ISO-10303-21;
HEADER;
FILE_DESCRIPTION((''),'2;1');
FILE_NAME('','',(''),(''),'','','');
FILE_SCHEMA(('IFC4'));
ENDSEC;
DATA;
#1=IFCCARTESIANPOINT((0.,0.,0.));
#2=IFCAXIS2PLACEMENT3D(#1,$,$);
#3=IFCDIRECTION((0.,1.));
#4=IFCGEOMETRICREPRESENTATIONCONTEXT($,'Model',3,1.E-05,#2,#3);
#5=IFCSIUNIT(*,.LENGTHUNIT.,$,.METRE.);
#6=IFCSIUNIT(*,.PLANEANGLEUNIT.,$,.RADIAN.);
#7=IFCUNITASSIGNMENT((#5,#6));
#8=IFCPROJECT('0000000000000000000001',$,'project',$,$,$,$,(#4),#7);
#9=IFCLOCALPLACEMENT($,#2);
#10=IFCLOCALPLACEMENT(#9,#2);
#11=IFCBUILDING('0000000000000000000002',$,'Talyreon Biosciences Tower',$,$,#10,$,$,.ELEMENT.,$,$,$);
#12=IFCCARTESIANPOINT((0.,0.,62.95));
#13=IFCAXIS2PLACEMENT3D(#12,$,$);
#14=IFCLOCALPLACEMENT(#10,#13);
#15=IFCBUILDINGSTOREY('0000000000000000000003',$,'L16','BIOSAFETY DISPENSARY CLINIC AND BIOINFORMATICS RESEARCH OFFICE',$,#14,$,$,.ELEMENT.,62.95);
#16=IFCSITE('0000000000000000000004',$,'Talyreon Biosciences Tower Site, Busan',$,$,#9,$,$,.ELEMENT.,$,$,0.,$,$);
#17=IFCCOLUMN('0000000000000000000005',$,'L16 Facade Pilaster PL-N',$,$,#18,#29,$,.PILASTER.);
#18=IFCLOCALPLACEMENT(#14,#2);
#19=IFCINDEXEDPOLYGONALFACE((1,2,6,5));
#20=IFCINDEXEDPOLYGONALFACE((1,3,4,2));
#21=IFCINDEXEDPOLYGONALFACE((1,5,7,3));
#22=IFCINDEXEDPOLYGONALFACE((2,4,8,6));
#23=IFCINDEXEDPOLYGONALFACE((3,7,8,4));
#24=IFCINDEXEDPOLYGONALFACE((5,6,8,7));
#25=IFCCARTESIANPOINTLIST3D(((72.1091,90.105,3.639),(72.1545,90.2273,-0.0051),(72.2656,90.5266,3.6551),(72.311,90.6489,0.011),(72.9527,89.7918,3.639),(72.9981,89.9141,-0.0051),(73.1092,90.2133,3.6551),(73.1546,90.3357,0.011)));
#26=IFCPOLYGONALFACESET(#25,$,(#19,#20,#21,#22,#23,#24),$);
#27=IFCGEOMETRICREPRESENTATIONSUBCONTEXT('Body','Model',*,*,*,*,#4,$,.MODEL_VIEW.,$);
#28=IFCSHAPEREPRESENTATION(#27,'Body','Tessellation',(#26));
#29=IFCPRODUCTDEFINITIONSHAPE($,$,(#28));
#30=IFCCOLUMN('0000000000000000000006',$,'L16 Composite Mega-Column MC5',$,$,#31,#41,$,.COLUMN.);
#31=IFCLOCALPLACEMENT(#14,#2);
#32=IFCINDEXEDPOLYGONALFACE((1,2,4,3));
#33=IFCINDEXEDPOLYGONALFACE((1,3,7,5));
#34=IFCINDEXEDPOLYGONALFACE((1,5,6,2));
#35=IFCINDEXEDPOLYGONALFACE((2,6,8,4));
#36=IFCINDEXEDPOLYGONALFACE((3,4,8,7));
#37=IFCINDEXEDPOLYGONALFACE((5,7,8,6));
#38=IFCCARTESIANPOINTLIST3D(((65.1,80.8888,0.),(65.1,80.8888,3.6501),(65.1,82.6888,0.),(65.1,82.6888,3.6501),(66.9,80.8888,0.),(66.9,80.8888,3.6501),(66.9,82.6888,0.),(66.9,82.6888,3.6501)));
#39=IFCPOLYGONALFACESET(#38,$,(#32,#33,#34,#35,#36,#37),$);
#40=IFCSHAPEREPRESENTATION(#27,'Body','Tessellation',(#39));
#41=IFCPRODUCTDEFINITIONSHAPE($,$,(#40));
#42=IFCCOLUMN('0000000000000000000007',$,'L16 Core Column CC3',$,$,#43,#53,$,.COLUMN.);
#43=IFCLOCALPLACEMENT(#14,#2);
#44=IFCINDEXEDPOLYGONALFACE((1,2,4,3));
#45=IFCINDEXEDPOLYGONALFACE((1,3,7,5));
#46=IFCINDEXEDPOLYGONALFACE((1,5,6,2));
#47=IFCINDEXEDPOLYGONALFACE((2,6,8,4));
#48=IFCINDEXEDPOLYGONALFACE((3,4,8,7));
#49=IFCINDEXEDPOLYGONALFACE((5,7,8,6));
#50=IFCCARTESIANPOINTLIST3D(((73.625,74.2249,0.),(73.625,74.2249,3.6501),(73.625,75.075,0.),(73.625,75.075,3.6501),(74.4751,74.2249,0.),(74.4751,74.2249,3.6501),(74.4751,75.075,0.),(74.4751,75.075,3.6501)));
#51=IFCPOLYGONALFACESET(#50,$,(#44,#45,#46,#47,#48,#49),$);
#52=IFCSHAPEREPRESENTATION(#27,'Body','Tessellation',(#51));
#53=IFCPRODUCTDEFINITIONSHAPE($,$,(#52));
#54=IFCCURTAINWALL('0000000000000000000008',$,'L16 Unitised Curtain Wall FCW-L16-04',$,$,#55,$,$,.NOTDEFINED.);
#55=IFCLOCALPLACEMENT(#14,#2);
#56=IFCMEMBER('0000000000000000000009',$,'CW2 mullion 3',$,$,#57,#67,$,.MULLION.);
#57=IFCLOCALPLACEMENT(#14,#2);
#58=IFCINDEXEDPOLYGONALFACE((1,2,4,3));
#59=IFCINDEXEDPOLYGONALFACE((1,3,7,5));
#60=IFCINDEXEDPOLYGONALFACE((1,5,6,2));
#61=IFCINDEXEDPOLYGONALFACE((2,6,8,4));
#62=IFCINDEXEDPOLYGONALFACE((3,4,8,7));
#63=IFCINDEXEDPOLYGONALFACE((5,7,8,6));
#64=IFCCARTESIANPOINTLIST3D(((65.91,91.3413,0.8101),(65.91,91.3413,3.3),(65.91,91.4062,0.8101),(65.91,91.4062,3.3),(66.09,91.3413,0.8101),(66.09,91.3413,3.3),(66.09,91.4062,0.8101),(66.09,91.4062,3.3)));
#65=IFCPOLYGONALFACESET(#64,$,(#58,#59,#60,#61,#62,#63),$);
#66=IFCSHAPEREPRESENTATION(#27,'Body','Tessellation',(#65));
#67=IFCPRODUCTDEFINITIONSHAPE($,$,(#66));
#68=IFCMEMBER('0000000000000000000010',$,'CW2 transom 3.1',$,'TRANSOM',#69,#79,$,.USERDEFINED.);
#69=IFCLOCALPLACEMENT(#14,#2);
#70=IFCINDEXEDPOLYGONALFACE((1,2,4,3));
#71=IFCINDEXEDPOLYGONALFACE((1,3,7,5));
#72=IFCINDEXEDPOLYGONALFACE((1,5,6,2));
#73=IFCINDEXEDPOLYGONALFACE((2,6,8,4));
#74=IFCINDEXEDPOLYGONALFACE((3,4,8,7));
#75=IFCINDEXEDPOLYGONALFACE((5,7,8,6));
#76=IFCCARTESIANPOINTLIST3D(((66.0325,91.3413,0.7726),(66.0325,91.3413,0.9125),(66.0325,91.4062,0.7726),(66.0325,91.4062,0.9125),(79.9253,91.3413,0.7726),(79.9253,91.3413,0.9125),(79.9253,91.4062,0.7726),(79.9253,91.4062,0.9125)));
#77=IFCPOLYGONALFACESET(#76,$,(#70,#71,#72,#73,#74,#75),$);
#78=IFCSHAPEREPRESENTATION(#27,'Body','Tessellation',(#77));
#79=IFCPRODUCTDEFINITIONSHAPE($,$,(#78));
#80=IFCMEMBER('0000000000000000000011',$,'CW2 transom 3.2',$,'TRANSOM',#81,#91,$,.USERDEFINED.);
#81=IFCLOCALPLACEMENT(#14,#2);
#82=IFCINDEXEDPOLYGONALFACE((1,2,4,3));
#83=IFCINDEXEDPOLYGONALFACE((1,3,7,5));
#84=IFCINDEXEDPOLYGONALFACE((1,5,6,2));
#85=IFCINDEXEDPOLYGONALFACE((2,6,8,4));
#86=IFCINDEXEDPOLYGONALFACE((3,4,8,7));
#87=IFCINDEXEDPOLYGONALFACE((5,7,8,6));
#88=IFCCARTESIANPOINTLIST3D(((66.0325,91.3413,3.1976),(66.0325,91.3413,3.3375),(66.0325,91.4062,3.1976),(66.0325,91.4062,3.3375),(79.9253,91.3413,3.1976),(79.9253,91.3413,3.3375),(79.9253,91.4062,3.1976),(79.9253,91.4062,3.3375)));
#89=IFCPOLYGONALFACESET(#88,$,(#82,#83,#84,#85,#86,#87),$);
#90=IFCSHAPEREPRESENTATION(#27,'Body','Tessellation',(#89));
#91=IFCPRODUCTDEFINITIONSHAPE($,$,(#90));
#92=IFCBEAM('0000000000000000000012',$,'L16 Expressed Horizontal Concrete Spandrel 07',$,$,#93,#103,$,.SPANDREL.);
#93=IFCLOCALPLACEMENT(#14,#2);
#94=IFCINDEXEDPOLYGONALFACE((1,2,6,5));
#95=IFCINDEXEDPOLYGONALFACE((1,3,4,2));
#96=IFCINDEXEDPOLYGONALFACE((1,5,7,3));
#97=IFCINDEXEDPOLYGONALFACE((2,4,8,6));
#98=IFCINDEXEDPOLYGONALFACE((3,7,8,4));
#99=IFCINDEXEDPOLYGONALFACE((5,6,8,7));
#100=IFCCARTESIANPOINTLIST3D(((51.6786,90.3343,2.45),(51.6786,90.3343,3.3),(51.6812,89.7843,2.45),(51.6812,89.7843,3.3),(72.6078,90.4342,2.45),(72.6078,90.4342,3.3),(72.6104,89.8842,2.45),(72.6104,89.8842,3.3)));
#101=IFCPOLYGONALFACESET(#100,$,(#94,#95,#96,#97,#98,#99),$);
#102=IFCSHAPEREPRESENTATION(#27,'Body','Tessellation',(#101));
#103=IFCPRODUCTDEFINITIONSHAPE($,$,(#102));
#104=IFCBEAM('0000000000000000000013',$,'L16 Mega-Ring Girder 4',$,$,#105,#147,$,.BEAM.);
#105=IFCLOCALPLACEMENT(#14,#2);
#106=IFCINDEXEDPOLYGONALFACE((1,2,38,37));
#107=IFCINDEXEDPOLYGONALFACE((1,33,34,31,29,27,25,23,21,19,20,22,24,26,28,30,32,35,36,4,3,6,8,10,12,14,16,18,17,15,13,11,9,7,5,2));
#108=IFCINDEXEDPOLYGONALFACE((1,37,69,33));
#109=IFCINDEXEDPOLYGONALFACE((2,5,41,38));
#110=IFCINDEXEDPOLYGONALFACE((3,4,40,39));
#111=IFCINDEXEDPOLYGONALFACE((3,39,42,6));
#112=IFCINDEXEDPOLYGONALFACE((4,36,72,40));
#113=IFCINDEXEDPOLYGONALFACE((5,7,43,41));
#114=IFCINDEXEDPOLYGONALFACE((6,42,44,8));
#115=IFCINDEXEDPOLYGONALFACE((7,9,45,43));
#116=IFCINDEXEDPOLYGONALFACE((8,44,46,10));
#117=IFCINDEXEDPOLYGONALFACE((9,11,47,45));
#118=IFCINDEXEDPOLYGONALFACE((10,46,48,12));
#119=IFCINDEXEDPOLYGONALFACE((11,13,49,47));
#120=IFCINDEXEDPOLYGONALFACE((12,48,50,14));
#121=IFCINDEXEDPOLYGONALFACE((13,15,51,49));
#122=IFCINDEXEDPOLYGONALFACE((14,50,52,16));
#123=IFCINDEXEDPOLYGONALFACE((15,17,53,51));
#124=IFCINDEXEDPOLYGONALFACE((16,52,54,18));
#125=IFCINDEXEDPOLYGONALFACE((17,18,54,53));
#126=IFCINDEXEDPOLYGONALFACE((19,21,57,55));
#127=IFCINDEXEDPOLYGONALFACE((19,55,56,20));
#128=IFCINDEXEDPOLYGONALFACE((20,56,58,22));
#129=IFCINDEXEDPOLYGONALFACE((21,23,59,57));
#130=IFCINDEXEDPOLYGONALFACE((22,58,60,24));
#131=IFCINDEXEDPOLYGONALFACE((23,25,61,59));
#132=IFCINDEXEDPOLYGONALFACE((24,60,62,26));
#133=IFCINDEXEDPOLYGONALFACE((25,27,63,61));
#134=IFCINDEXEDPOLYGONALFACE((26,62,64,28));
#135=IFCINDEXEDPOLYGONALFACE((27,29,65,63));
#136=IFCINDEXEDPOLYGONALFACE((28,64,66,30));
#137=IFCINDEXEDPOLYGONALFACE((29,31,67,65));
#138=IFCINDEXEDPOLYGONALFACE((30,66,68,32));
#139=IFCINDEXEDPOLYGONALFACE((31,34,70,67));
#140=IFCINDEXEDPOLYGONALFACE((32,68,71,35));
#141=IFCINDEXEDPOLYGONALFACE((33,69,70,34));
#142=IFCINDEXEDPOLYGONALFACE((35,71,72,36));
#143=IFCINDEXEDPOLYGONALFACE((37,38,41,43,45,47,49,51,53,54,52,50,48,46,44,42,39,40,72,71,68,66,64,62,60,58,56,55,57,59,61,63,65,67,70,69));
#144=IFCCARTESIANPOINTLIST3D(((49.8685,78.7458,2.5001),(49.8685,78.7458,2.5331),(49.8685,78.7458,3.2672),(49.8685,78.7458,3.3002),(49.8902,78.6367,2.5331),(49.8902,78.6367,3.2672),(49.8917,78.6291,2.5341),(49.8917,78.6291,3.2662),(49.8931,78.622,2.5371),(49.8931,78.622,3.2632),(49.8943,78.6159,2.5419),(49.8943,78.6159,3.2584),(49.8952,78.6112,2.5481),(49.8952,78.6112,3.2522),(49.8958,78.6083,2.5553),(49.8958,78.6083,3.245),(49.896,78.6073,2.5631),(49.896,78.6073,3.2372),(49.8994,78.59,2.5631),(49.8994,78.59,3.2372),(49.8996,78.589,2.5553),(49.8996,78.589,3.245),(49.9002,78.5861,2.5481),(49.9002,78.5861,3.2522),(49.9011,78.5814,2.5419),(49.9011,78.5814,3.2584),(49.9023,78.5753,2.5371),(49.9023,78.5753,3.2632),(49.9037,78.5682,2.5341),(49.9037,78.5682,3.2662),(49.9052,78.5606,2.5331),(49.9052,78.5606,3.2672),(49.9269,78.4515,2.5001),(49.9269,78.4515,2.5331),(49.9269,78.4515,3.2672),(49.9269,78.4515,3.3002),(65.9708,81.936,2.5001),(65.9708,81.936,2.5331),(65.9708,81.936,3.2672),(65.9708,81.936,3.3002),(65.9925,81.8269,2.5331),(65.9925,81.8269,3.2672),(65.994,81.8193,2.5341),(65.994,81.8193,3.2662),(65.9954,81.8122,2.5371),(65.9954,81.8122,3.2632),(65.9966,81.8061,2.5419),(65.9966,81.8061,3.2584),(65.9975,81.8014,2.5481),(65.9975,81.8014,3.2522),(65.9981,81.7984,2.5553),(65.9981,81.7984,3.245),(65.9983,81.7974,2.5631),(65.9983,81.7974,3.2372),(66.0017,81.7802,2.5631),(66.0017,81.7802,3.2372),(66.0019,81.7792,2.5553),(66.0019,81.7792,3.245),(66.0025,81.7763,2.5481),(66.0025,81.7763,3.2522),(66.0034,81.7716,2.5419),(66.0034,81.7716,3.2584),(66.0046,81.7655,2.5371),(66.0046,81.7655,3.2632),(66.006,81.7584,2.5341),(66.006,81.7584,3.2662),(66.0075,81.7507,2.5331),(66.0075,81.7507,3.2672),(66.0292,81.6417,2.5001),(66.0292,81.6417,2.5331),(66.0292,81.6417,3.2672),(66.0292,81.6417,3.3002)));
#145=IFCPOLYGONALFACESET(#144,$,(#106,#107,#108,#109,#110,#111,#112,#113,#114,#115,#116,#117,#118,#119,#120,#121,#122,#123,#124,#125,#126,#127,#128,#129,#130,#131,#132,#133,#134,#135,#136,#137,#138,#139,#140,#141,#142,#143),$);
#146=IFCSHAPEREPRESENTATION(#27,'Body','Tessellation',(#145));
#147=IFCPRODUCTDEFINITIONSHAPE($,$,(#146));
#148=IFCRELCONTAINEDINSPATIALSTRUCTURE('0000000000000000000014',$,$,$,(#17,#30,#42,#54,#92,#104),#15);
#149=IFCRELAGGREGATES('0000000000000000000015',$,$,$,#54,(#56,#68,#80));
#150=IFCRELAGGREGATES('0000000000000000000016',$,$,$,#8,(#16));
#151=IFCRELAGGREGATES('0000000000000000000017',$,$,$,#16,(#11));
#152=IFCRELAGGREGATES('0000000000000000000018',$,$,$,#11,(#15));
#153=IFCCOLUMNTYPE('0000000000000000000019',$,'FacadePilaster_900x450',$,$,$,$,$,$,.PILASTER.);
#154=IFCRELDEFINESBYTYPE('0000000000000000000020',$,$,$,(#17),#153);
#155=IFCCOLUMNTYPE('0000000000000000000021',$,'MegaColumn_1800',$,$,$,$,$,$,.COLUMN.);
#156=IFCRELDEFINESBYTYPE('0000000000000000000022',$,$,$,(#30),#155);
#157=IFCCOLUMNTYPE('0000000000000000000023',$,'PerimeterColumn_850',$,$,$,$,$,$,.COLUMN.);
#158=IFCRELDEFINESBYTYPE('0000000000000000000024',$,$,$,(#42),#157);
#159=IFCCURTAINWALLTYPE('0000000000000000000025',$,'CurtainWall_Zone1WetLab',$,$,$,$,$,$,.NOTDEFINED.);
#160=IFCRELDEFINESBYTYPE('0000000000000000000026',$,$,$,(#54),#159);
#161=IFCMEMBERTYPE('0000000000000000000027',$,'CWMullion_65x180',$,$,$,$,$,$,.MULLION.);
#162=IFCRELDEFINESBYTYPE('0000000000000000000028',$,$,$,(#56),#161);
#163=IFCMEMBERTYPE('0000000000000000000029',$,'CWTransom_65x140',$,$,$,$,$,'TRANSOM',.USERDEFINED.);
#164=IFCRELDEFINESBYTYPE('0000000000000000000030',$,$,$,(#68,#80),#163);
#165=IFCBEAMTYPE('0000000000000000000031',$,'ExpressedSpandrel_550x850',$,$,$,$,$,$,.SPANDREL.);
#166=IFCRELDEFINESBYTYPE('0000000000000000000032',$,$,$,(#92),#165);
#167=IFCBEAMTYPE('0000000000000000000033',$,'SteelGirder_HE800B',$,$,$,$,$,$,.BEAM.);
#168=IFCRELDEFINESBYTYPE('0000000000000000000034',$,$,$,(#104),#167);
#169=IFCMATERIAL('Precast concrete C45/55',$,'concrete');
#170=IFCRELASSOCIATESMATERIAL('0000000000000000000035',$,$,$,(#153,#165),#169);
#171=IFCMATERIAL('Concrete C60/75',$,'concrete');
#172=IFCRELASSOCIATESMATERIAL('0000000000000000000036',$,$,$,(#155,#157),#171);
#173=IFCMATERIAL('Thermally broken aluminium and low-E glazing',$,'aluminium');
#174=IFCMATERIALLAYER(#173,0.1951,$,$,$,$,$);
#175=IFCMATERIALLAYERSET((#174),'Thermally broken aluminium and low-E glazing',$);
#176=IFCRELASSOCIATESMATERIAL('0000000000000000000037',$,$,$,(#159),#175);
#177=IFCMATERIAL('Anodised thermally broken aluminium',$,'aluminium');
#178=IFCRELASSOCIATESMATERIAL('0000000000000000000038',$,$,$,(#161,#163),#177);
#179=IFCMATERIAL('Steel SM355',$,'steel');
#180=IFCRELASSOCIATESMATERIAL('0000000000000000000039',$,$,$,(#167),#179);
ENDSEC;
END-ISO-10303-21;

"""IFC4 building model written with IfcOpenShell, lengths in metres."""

from ifc_helpers import new_model, si_unit, direction, frame, origin, origin_2d, place, context, subcontext, project, spatial, rectangle, i_section, extrude, material, layer, layer_set, material_profile, profile_set, type_object, element, aggregate, save


model = new_model("IFC4")

# Units and contexts
model_context = context("Model", 3, precision=1e-05, world=origin(), true_north=direction((0.0, 1.0)))
body_context = subcontext(model_context, "Body", "Model", "MODEL_VIEW")
ifc_project = project(units=[si_unit("LENGTHUNIT", "METRE"), si_unit("PLANEANGLEUNIT", "RADIAN")], contexts=[model_context])

# Site, building, storey
site_placement = place(None, origin())
site = spatial("IfcSite", under=ifc_project, at=site_placement, Name="Talyreon Biosciences Tower Site, Busan", CompositionType="ELEMENT", RefElevation=0.0)
building_placement = place(site_placement, origin())
building = spatial("IfcBuilding", under=site, at=building_placement, Name="Talyreon Biosciences Tower", CompositionType="ELEMENT")
storey_placement = place(building_placement, frame((0.0, 0.0, 62.95)))
storey = spatial("IfcBuildingStorey", under=building, at=storey_placement, Name="L16", Description="BIOSAFETY DISPENSARY CLINIC AND BIOINFORMATICS RESEARCH OFFICE", CompositionType="ELEMENT", Elevation=62.95)

# Columns
ifc_material_1 = material(Name="Precast concrete C45/55", Category="concrete")
ifc_material_profile_1 = material_profile(ifc_material_1, rectangle(XDim=0.8999, YDim=0.45, at=origin_2d()), Name="RC 900x450")
ifc_profile_set_1 = profile_set([ifc_material_profile_1], Name="Precast concrete C45/55")
column_type_1 = type_object("IfcColumnType", Name="FacadePilaster_900x450", PredefinedType="PILASTER", material=ifc_profile_set_1)
column_1_placement = place(storey_placement, frame((72.6545, 90.2815, 0.0029), z_axis=(-0.012453, -0.033544, 0.99936), x_axis=(-0.937478, 0.348046, 0.0)))
element("IfcColumn", 1, at=column_1_placement, inside=storey, type_object=column_type_1, Name="L16 Facade Pilaster PL-N", PredefinedType="PILASTER", context=body_context, shape_type="SweptSolid", body=[
    extrude(rectangle(XDim=0.8999, YDim=0.45, at=origin_2d()), origin(), (0.0, 0.0, 1.0), 3.6465),
])
ifc_material_2 = material(Name="Concrete C60/75", Category="concrete")
ifc_material_profile_2 = material_profile(ifc_material_2, rectangle(XDim=1.8, YDim=1.8, at=origin_2d()), Name="RC 1800x1800")
ifc_profile_set_2 = profile_set([ifc_material_profile_2], Name="Concrete C60/75")
column_type_2 = type_object("IfcColumnType", Name="MegaColumn_1800", PredefinedType="COLUMN", material=ifc_profile_set_2)
column_2_placement = place(storey_placement, frame((66.0, 81.7888, 0.0), z_axis=(0.0, 0.0, 1.0), x_axis=(1.0, 0.0, 0.0)))
element("IfcColumn", 2, at=column_2_placement, inside=storey, type_object=column_type_2, Name="L16 Composite Mega-Column MC5", PredefinedType="COLUMN", context=body_context, shape_type="SweptSolid", body=[
    extrude(rectangle(XDim=1.8, YDim=1.8, at=origin_2d()), origin(), (0.0, 0.0, 1.0), 3.6501),
])
ifc_material_profile_3 = material_profile(ifc_material_2, rectangle(XDim=0.8501, YDim=0.8501, at=origin_2d()), Name="RC 850x850")
ifc_profile_set_3 = profile_set([ifc_material_profile_3], Name="Concrete C60/75")
column_type_3 = type_object("IfcColumnType", Name="PerimeterColumn_850", PredefinedType="COLUMN", material=ifc_profile_set_3)
column_3_placement = place(storey_placement, frame((74.05, 74.6499, 0.0), z_axis=(0.0, 0.0, 1.0), x_axis=(1.0, 0.0, 0.0)))
element("IfcColumn", 3, at=column_3_placement, inside=storey, type_object=column_type_3, Name="L16 Core Column CC3", PredefinedType="COLUMN", context=body_context, shape_type="SweptSolid", body=[
    extrude(rectangle(XDim=0.8501, YDim=0.8501, at=origin_2d()), origin(), (0.0, 0.0, 1.0), 3.6501),
])

# Curtain wall, members
ifc_material_3 = material(Name="Thermally broken aluminium and low-E glazing", Category="aluminium")
ifc_layer_1 = layer(ifc_material_3, 0.1951)
ifc_layer_set_1 = layer_set([ifc_layer_1], Name="Thermally broken aluminium and low-E glazing")
curtain_wall_type = type_object("IfcCurtainWallType", Name="CurtainWall_Zone1WetLab", PredefinedType="NOTDEFINED", material=ifc_layer_set_1)
curtain_wall_placement = place(storey_placement, origin())
curtain_wall = element("IfcCurtainWall", 4, at=curtain_wall_placement, inside=storey, type_object=curtain_wall_type, Name="L16 Unitised Curtain Wall FCW-L16-04", PredefinedType="NOTDEFINED")
ifc_material_4 = material(Name="Anodised thermally broken aluminium", Category="aluminium")
ifc_material_profile_4 = material_profile(ifc_material_4, rectangle(XDim=0.0649, YDim=0.1799, at=origin_2d()), Name="ALUM MULLION 65x180")
ifc_profile_set_4 = profile_set([ifc_material_profile_4], Name="Anodised thermally broken aluminium")
member_type_1 = type_object("IfcMemberType", Name="CWMullion_65x180", PredefinedType="MULLION", material=ifc_profile_set_4)
member_1_placement = place(storey_placement, frame((66.0, 91.3738, 0.8101), z_axis=(0.0, 0.0, 1.0), x_axis=(0.0, 1.0, 0.0)))
member_1 = element("IfcMember", 5, at=member_1_placement, type_object=member_type_1, Name="CW2 mullion 3", PredefinedType="MULLION", context=body_context, shape_type="SweptSolid", body=[
    extrude(rectangle(XDim=0.0649, YDim=0.1799, at=origin_2d()), origin(), (0.0, 0.0, 1.0), 2.49),
])
ifc_material_profile_5 = material_profile(ifc_material_4, rectangle(XDim=0.0649, YDim=0.1399, at=origin_2d()), Name="ALUM TRANSOM 65x140")
ifc_profile_set_5 = profile_set([ifc_material_profile_5], Name="Anodised thermally broken aluminium")
member_type_2 = type_object("IfcMemberType", Name="CWTransom_65x140", ElementType="TRANSOM", PredefinedType="USERDEFINED", material=ifc_profile_set_5)
member_2_placement = place(storey_placement, frame((66.0325, 91.3738, 0.8425), z_axis=(1.0, 0.0, 0.0), x_axis=(0.0, 1.0, 0.0)))
member_2 = element("IfcMember", 6, at=member_2_placement, type_object=member_type_2, Name="CW2 transom 3.1", ObjectType="TRANSOM", PredefinedType="USERDEFINED", context=body_context, shape_type="SweptSolid", body=[
    extrude(rectangle(XDim=0.0649, YDim=0.1399, at=origin_2d()), origin(), (0.0, 0.0, 1.0), 13.8928),
])
member_3_placement = place(storey_placement, frame((66.0325, 91.3738, 3.2676), z_axis=(1.0, 0.0, 0.0), x_axis=(0.0, 1.0, 0.0)))
member_3 = element("IfcMember", 7, at=member_3_placement, type_object=member_type_2, Name="CW2 transom 3.2", ObjectType="TRANSOM", PredefinedType="USERDEFINED", context=body_context, shape_type="SweptSolid", body=[
    extrude(rectangle(XDim=0.0649, YDim=0.1399, at=origin_2d()), origin(), (0.0, 0.0, 1.0), 13.8928),
])

# Beams
ifc_material_profile_6 = material_profile(ifc_material_1, rectangle(XDim=0.55, YDim=0.8501, at=origin_2d()), Name="RCB 550x850")
ifc_profile_set_6 = profile_set([ifc_material_profile_6], Name="Precast concrete C45/55")
beam_type_1 = type_object("IfcBeamType", Name="ExpressedSpandrel_550x850", PredefinedType="SPANDREL", material=ifc_profile_set_6)
beam_1_placement = place(storey_placement, frame((72.6091, 90.1592, 2.875), z_axis=(-0.999989, -0.004771, 0.0), x_axis=(0.004771, -0.999989, 0.0)))
element("IfcBeam", 8, at=beam_1_placement, inside=storey, type_object=beam_type_1, Name="L16 Expressed Horizontal Concrete Spandrel 07", PredefinedType="SPANDREL", context=body_context, shape_type="SweptSolid", body=[
    extrude(rectangle(XDim=0.55, YDim=0.8501, at=origin_2d()), origin(), (0.0, 0.0, 1.0), 20.9294),
])
ifc_material_5 = material(Name="Steel SM355", Category="steel")
ifc_material_profile_7 = material_profile(ifc_material_5, i_section(OverallWidth=0.3, OverallDepth=0.8, WebThickness=0.0176, FlangeThickness=0.033, FilletRadius=0.03, at=origin_2d()), Name="HE800B")
ifc_profile_set_7 = profile_set([ifc_material_profile_7], Name="Steel SM355")
beam_type_2 = type_object("IfcBeamType", Name="SteelGirder_HE800B", PredefinedType="BEAM", material=ifc_profile_set_7)
beam_2_placement = place(storey_placement, frame((66.0, 81.7888, 2.9001), z_axis=(-0.980934, -0.194343, 0.0), x_axis=(0.194343, -0.980934, 0.0)))
element("IfcBeam", 9, at=beam_2_placement, inside=storey, type_object=beam_type_2, Name="L16 Mega-Ring Girder 4", PredefinedType="BEAM", context=body_context, shape_type="SweptSolid", body=[
    extrude(i_section(OverallWidth=0.3, OverallDepth=0.8, WebThickness=0.0176, FlangeThickness=0.033, FilletRadius=0.03, at=origin_2d()), origin(), (0.0, 0.0, 1.0), 16.4153),
])

aggregate(curtain_wall, [member_1, member_2, member_3])

save(model, "model.ifc")
